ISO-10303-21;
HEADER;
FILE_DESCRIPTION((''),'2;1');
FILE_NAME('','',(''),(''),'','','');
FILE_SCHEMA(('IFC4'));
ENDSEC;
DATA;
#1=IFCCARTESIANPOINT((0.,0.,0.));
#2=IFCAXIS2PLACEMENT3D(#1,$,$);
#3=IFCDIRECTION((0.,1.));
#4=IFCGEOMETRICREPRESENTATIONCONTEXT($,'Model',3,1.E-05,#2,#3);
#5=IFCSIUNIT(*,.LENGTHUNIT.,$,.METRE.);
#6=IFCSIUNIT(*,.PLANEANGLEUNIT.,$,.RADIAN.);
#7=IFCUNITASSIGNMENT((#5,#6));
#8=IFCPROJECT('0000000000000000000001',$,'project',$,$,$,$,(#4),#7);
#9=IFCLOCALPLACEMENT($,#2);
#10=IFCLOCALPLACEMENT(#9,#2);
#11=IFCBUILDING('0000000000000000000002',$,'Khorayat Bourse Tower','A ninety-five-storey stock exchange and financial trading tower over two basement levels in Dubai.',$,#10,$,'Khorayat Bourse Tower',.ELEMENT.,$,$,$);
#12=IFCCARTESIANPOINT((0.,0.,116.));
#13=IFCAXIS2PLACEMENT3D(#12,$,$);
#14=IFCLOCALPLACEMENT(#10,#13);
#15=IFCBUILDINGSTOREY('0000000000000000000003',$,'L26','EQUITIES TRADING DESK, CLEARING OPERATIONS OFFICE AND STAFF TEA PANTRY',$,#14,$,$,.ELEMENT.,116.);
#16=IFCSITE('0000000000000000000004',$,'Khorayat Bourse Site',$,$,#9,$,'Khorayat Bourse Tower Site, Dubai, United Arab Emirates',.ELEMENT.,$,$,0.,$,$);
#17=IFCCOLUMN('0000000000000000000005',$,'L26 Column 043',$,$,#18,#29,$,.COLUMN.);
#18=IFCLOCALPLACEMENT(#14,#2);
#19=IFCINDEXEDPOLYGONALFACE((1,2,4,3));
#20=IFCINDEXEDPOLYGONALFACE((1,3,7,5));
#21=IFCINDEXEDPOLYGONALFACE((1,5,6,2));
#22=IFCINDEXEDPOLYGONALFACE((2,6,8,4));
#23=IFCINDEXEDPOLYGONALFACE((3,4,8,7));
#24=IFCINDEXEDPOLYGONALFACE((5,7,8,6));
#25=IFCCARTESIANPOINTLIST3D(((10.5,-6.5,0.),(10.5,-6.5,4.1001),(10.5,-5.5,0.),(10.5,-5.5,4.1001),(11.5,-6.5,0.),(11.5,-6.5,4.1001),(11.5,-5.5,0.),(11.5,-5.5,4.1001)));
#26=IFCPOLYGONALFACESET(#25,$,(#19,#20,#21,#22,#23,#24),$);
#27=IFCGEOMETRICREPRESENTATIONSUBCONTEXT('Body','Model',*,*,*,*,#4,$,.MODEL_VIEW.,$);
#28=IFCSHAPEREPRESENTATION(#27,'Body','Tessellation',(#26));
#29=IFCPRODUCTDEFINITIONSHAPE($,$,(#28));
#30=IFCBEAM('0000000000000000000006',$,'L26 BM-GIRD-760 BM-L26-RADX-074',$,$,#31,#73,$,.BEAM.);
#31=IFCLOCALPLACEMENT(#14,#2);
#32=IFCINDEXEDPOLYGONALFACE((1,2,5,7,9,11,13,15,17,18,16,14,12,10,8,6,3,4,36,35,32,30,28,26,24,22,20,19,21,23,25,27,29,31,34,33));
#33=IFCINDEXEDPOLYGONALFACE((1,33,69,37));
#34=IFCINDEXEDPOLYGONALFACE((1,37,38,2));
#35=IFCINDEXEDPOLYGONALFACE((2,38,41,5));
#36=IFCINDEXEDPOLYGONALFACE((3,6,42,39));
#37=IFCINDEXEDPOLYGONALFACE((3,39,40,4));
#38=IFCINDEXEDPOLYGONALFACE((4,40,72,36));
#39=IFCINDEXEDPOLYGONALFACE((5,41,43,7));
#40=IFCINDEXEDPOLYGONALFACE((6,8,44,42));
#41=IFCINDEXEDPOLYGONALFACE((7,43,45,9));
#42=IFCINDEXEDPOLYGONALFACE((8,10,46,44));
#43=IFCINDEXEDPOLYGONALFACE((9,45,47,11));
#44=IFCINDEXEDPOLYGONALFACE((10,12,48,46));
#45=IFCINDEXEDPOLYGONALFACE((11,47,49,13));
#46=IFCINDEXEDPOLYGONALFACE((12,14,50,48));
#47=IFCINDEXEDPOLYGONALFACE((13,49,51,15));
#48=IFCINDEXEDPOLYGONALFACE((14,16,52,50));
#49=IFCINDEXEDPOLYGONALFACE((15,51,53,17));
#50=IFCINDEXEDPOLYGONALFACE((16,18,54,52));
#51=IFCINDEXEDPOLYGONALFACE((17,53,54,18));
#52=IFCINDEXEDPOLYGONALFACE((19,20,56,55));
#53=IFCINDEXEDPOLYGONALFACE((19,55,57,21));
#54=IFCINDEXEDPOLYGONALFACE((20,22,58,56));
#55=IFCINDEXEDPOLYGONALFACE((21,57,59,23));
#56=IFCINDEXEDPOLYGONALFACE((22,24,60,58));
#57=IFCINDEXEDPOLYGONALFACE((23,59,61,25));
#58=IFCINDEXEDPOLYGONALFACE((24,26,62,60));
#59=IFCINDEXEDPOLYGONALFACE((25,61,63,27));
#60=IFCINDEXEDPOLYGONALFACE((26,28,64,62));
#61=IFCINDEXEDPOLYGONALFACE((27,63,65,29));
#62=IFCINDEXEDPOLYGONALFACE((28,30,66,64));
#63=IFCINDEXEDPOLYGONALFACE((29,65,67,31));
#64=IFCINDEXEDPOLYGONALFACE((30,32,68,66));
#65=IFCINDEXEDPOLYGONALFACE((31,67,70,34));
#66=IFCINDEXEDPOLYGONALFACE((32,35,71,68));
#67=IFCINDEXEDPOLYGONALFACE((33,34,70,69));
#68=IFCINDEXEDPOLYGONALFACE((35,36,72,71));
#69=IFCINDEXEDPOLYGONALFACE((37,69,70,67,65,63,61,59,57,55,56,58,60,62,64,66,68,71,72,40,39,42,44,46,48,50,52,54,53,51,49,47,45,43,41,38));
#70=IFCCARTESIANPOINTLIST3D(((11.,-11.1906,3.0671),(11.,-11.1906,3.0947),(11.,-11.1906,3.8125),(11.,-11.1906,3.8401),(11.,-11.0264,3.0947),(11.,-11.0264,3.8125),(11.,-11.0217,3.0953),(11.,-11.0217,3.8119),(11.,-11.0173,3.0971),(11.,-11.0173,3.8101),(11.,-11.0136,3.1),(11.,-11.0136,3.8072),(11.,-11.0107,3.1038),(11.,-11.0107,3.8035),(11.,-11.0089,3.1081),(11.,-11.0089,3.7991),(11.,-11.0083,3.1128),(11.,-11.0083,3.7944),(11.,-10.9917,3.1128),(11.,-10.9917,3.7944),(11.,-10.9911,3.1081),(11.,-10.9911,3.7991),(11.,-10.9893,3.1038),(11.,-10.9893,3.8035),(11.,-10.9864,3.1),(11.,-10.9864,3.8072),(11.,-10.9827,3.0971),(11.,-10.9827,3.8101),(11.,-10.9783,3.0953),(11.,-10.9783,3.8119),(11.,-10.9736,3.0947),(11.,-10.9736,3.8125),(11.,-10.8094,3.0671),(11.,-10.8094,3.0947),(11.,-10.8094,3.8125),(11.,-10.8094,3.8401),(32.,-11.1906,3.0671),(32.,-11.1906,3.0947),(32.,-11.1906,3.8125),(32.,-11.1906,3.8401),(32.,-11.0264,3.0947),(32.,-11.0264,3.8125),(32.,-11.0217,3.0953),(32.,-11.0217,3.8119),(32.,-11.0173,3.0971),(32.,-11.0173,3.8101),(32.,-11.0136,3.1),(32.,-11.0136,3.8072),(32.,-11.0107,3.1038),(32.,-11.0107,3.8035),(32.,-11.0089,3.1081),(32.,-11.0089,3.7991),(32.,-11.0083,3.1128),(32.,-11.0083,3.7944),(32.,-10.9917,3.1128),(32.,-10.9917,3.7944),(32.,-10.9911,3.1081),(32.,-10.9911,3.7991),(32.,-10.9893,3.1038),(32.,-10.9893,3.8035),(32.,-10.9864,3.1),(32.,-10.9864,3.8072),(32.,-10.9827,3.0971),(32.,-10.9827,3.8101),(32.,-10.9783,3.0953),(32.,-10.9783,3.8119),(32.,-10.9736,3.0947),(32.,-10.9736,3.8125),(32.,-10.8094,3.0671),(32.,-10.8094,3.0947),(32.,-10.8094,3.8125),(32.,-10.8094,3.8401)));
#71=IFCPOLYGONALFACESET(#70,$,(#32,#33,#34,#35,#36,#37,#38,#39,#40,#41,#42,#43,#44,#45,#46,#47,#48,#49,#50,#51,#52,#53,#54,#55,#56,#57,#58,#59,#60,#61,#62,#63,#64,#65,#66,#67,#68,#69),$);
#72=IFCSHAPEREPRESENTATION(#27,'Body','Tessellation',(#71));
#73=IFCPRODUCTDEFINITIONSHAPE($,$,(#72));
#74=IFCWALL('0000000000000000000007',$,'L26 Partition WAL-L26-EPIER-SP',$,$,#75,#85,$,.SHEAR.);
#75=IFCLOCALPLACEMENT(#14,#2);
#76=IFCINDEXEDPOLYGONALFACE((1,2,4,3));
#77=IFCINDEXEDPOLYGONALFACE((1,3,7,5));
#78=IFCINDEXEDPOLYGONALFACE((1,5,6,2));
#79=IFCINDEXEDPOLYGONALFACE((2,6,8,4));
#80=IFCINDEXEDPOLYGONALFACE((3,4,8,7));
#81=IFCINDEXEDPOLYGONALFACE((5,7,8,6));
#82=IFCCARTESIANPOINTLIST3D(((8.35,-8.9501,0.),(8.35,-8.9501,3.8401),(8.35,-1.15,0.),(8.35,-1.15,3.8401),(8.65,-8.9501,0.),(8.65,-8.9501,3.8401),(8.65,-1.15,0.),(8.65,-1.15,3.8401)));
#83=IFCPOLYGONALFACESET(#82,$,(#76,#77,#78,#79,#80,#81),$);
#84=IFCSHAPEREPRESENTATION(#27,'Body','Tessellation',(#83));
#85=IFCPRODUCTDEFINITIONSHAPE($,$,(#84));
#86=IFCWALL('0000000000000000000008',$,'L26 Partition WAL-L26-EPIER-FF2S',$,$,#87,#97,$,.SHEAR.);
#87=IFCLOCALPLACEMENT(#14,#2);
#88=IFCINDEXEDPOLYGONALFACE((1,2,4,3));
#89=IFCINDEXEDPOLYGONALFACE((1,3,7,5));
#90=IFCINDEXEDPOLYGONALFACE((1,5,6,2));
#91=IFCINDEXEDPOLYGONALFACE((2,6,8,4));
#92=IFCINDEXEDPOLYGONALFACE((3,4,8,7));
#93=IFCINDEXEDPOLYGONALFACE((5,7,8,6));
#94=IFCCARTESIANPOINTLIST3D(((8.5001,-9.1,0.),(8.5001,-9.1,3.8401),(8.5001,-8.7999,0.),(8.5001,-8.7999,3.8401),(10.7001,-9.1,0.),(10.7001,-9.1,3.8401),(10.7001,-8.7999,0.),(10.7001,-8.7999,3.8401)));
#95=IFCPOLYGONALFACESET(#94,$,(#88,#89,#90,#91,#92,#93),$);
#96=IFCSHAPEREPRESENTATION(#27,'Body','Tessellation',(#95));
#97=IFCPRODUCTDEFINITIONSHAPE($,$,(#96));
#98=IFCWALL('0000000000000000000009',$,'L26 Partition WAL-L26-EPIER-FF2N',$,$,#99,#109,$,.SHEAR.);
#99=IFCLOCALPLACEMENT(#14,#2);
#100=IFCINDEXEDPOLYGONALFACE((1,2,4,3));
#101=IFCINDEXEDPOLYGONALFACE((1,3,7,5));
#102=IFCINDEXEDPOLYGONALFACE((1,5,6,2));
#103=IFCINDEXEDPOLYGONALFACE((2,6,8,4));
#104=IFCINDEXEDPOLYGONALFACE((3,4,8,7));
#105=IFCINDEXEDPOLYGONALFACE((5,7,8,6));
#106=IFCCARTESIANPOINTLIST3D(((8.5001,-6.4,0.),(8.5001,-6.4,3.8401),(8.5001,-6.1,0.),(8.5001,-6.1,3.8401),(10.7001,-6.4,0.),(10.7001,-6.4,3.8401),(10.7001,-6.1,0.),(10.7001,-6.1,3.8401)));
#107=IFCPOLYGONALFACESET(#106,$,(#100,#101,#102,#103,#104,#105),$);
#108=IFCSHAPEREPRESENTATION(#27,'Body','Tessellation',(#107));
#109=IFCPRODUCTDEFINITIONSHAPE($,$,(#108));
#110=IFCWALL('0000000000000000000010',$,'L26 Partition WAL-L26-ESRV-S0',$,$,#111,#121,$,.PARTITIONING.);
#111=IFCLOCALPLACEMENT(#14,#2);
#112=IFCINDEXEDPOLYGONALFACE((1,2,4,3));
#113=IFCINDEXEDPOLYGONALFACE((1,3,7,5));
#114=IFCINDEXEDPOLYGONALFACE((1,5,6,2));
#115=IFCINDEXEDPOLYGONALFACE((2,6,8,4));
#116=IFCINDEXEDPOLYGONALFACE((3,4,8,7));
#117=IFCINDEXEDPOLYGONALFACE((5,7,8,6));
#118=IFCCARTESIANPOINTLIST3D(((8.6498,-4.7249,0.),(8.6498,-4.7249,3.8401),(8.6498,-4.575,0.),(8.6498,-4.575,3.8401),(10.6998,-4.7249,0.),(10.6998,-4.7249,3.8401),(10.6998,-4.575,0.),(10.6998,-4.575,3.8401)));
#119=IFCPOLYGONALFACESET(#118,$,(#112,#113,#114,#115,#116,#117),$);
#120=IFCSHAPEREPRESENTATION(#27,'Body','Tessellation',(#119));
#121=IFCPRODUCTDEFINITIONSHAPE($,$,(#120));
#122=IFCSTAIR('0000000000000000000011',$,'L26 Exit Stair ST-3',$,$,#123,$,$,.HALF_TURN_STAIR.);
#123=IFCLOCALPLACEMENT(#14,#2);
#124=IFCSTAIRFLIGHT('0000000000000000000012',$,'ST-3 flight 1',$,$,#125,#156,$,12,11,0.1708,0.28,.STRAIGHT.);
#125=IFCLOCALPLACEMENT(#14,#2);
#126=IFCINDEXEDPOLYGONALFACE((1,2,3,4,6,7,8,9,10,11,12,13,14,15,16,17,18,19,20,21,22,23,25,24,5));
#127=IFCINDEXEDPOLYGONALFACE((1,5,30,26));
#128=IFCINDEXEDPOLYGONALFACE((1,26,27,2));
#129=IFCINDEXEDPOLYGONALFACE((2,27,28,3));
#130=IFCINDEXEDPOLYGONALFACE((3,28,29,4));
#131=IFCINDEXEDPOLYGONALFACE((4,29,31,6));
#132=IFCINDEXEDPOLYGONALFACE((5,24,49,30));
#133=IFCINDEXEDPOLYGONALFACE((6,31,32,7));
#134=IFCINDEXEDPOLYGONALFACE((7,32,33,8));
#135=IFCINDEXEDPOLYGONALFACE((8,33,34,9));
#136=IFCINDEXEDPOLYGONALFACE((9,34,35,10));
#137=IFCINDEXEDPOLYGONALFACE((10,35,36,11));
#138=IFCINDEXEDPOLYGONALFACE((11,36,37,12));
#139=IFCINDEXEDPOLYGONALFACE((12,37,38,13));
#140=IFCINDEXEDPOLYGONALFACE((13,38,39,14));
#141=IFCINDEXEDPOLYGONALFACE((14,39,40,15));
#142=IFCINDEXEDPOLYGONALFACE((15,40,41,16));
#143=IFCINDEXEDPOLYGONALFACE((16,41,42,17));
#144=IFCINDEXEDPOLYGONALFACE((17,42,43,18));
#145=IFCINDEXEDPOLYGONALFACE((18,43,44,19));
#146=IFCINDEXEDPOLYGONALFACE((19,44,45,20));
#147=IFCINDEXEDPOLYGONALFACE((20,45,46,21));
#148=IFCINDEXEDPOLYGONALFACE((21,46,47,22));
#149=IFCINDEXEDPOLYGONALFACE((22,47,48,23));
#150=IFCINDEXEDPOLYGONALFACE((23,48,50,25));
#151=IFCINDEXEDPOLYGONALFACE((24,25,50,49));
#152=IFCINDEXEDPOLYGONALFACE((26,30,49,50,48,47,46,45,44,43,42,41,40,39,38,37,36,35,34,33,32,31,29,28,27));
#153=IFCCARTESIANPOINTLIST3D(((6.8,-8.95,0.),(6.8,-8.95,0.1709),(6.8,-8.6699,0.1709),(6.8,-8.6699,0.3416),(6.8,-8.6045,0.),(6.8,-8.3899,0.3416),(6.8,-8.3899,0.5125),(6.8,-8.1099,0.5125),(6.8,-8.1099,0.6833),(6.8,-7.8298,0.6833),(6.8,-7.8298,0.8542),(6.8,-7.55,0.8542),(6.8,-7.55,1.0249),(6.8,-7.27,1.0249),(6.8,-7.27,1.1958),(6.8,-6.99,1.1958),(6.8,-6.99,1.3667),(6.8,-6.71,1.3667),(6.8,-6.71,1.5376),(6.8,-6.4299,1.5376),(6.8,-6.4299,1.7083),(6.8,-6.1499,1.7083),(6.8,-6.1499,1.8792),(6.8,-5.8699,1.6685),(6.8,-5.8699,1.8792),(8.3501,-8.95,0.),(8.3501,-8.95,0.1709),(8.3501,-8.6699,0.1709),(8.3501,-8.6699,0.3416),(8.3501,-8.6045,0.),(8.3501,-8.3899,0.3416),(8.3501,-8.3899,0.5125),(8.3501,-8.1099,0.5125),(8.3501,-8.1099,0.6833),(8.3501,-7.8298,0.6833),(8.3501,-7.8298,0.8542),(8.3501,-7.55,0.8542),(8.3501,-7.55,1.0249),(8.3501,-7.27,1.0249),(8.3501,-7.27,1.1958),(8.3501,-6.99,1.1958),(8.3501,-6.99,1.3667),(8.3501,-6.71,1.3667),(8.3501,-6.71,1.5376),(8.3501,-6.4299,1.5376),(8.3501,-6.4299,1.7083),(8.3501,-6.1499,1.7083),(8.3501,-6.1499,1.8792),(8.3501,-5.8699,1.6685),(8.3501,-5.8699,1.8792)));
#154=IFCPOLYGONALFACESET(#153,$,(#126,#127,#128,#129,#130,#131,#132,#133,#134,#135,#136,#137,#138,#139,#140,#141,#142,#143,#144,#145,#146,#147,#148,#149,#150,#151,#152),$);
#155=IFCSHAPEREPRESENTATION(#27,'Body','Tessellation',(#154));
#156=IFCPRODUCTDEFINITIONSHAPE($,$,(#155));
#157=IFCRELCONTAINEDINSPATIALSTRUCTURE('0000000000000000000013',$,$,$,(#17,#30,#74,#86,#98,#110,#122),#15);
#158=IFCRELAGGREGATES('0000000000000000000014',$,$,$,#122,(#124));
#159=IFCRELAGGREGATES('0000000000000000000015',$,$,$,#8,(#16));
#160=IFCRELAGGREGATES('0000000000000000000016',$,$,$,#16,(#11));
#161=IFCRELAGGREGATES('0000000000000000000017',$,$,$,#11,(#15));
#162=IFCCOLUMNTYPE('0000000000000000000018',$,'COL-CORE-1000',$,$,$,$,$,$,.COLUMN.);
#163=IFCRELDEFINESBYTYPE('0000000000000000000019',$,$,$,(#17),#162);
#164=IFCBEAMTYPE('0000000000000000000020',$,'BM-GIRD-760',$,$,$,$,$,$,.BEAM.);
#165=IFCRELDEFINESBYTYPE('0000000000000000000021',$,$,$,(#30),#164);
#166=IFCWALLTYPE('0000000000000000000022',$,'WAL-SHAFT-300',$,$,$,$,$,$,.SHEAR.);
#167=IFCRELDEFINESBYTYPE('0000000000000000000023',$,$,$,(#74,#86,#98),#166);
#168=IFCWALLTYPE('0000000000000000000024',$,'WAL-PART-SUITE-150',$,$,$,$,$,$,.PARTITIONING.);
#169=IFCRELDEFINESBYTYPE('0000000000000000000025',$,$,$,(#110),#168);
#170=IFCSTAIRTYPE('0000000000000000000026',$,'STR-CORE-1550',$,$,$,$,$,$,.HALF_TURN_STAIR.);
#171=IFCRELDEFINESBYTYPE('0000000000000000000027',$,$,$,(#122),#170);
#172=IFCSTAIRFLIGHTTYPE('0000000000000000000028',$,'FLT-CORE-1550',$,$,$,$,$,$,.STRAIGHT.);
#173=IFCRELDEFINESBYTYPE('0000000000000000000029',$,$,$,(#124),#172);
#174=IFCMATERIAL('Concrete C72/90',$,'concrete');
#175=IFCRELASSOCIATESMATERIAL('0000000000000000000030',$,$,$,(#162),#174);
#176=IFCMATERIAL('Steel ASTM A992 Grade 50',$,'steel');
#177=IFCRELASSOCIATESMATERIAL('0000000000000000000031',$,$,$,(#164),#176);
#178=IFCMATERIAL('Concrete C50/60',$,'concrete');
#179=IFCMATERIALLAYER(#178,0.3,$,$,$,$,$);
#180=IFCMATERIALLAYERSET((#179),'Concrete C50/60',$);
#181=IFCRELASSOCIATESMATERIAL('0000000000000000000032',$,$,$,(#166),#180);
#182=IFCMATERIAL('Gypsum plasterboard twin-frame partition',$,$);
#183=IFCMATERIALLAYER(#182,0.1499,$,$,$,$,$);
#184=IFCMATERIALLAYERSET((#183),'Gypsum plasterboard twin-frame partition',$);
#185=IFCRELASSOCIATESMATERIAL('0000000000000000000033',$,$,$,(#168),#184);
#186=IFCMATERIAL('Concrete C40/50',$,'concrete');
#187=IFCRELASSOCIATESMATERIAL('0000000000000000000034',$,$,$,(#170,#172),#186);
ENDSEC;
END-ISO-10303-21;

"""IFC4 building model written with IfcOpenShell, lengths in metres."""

from ifc_helpers import new_model, si_unit, direction, frame, frame_2d, origin, origin_2d, place, context, subcontext, project, spatial, polyline, rectangle, i_section, outline, extrude, source, transform, mapped, material, layer, layer_set, material_profile, profile_set, type_object, element, aggregate, save


model = new_model("IFC4")

# Units and contexts
model_context = context("Model", 3, precision=1e-05, world=origin(), true_north=direction((0.0, 1.0)))
body_context = subcontext(model_context, "Body", "Model", "MODEL_VIEW")
ifc_project = project(units=[si_unit("LENGTHUNIT", "METRE"), si_unit("PLANEANGLEUNIT", "RADIAN")], contexts=[model_context])

# Site, building, storey
site_placement = place(None, origin())
site = spatial("IfcSite", under=ifc_project, at=site_placement, Name="Khorayat Bourse Site", LongName="Khorayat Bourse Tower Site, Dubai, United Arab Emirates", CompositionType="ELEMENT", RefElevation=0.0)
building_placement = place(site_placement, origin())
building = spatial("IfcBuilding", under=site, at=building_placement, Name="Khorayat Bourse Tower", Description="A ninety-five-storey stock exchange and financial trading tower over two basement levels in Dubai.", LongName="Khorayat Bourse Tower", CompositionType="ELEMENT")
storey_placement = place(building_placement, frame((0.0, 0.0, 116.0)))
storey = spatial("IfcBuildingStorey", under=building, at=storey_placement, Name="L26", Description="EQUITIES TRADING DESK, CLEARING OPERATIONS OFFICE AND STAFF TEA PANTRY", CompositionType="ELEMENT", Elevation=116.0)

# Column
ifc_material_1 = material(Name="Concrete C72/90", Category="concrete")
ifc_material_profile_1 = material_profile(ifc_material_1, rectangle(XDim=1.0, YDim=1.0, at=origin_2d()), Name="RC 1000x1000")
ifc_profile_set_1 = profile_set([ifc_material_profile_1], Name="Concrete C72/90")
column_type = type_object("IfcColumnType", Name="COL-CORE-1000", PredefinedType="COLUMN", material=ifc_profile_set_1)
shared_shape_1 = source(origin(), body_context, "Body", "SweptSolid", [
    extrude(rectangle(XDim=1.0, YDim=1.0, at=origin_2d()), origin(), (0.0, 0.0, 1.0), 4.1001),
])
column_placement = place(storey_placement, frame((11.0, -6.0, 0.0), z_axis=(0.0, 0.0, 1.0), x_axis=(1.0, 0.0, 0.0)))
element("IfcColumn", 1, at=column_placement, inside=storey, type_object=column_type, Name="L26 Column 043", PredefinedType="COLUMN", context=body_context, shape_type="MappedRepresentation", body=[
    mapped(shared_shape_1, transform((0.0, 0.0, 0.0), scale=1.0)),
])

# Beam
ifc_material_2 = material(Name="Steel ASTM A992 Grade 50", Category="steel")
ifc_material_profile_2 = material_profile(ifc_material_2, i_section(OverallWidth=0.3811, OverallDepth=0.7729, WebThickness=0.0166, FlangeThickness=0.0276, FilletRadius=0.0181, at=origin_2d()), Name="W760X257")
ifc_profile_set_2 = profile_set([ifc_material_profile_2], Name="Steel ASTM A992 Grade 50")
beam_type = type_object("IfcBeamType", Name="BM-GIRD-760", PredefinedType="BEAM", material=ifc_profile_set_2)
shared_shape_2 = source(origin(), body_context, "Body", "SweptSolid", [
    extrude(i_section(OverallWidth=0.3811, OverallDepth=0.7729, WebThickness=0.0166, FlangeThickness=0.0276, FilletRadius=0.0181, at=origin_2d()), origin(), (0.0, 0.0, 1.0), 21.0),
])
beam_placement = place(storey_placement, frame((11.0, -11.0, 3.4536), z_axis=(1.0, 0.0, 0.0), x_axis=(0.0, 1.0, 0.0)))
element("IfcBeam", 2, at=beam_placement, inside=storey, type_object=beam_type, Name="L26 BM-GIRD-760 BM-L26-RADX-074", PredefinedType="BEAM", context=body_context, shape_type="MappedRepresentation", body=[
    mapped(shared_shape_2, transform((0.0, 0.0, 0.0), scale=1.0)),
])

# Walls
ifc_material_3 = material(Name="Concrete C50/60", Category="concrete")
ifc_layer_1 = layer(ifc_material_3, 0.3)
ifc_layer_set_1 = layer_set([ifc_layer_1], Name="Concrete C50/60")
wall_type_1 = type_object("IfcWallType", Name="WAL-SHAFT-300", PredefinedType="SHEAR", material=ifc_layer_set_1)
shared_shape_3 = source(origin(), body_context, "Body", "SweptSolid", [
    extrude(rectangle(XDim=7.8, YDim=0.3, at=frame_2d((3.8999, 0.0))), origin(), (0.0, 0.0, 1.0), 3.8401),
])
wall_1_placement = place(storey_placement, frame((8.5, -8.95, 0.0), z_axis=(0.0, 0.0, 1.0), x_axis=(0.0, 1.0, 0.0)))
element("IfcWall", 3, at=wall_1_placement, inside=storey, type_object=wall_type_1, Name="L26 Partition WAL-L26-EPIER-SP", PredefinedType="SHEAR", context=body_context, shape_type="MappedRepresentation", body=[
    mapped(shared_shape_3, transform((0.0, 0.0, 0.0), scale=1.0)),
])
shared_shape_4 = source(origin(), body_context, "Body", "SweptSolid", [
    extrude(rectangle(XDim=2.2, YDim=0.3, at=frame_2d((1.1001, 0.0))), origin(), (0.0, 0.0, 1.0), 3.8401),
])
for number, where, z_axis, x_axis, name in (
    (4, (8.5, -8.95, 0.0), (0.0, 0.0, 1.0), (1.0, 0.0, 0.0), "L26 Partition WAL-L26-EPIER-FF2S"),
    (5, (8.5, -6.25, 0.0), (0.0, 0.0, 1.0), (1.0, 0.0, 0.0), "L26 Partition WAL-L26-EPIER-FF2N"),
):
    element("IfcWall", number, at=place(storey_placement, frame(where, z_axis=z_axis, x_axis=x_axis)), inside=storey, type_object=wall_type_1, Name=name, PredefinedType="SHEAR", context=body_context, shape_type="MappedRepresentation", body=[
        mapped(shared_shape_4, transform((0.0, 0.0, 0.0), scale=1.0)),
    ])
ifc_material_4 = material(Name="Gypsum plasterboard twin-frame partition")
ifc_layer_2 = layer(ifc_material_4, 0.1499)
ifc_layer_set_2 = layer_set([ifc_layer_2], Name="Gypsum plasterboard twin-frame partition")
wall_type_2 = type_object("IfcWallType", Name="WAL-PART-SUITE-150", PredefinedType="PARTITIONING", material=ifc_layer_set_2)
shared_shape_5 = source(origin(), body_context, "Body", "SweptSolid", [
    extrude(rectangle(XDim=2.05, YDim=0.1499, at=frame_2d((1.0249, 0.0))), origin(), (0.0, 0.0, 1.0), 3.8401),
])
wall_2_placement = place(storey_placement, frame((8.6499, -4.6499, 0.0), z_axis=(0.0, 0.0, 1.0), x_axis=(1.0, 0.0, 0.0)))
element("IfcWall", 6, at=wall_2_placement, inside=storey, type_object=wall_type_2, Name="L26 Partition WAL-L26-ESRV-S0", PredefinedType="PARTITIONING", context=body_context, shape_type="MappedRepresentation", body=[
    mapped(shared_shape_5, transform((0.0, 0.0, 0.0), scale=1.0)),
])

# Stair, stair flight
ifc_material_5 = material(Name="Concrete C40/50", Category="concrete")
stair_type = type_object("IfcStairType", Name="STR-CORE-1550", PredefinedType="HALF_TURN_STAIR", material=ifc_material_5)
stair_placement = place(storey_placement, origin())
stair = element("IfcStair", 7, at=stair_placement, inside=storey, type_object=stair_type, Name="L26 Exit Stair ST-3", PredefinedType="HALF_TURN_STAIR")
stair_flight_type = type_object("IfcStairFlightType", Name="FLT-CORE-1550", PredefinedType="STRAIGHT", material=ifc_material_5)
shared_shape_6 = source(origin(), body_context, "Body", "SweptSolid", [
    extrude(outline(polyline([(0.0, 0.0), (0.0, 0.1709), (0.28, 0.1709), (0.28, 0.3416), (0.5601, 0.3416), (0.5601, 0.5125), (0.8401, 0.5125), (0.8401, 0.6833), (1.1201, 0.6833), (1.1201, 0.8542), (1.3999, 0.8542), (1.3999, 1.0249), (1.6799, 1.0249), (1.6799, 1.1958), (1.96, 1.1958), (1.96, 1.3667), (2.24, 1.3667), (2.24, 1.5376), (2.52, 1.5376), (2.52, 1.7083), (2.8, 1.7083), (2.8, 1.8792), (3.0801, 1.8792), (3.0801, 2.05), (3.0801, 1.6685), (0.3455, 0.0), (0.0, 0.0)])), frame((0.0, 0.7749, 0.0), z_axis=(0.0, -1.0, 0.0), x_axis=(1.0, 0.0, 0.0)), (0.0, 0.0, 1.0), 1.55),
])
stair_flight_placement = place(storey_placement, frame((7.575, -8.95, 0.0), z_axis=(0.0, 0.0, 1.0), x_axis=(0.0, 1.0, 0.0)))
stair_flight = element("IfcStairFlight", 8, at=stair_flight_placement, type_object=stair_flight_type, Name="ST-3 flight 1", NumberOfRisers=12, NumberOfTreads=11, PredefinedType="STRAIGHT", RiserHeight=0.1708, TreadLength=0.28, context=body_context, shape_type="MappedRepresentation", body=[
    mapped(shared_shape_6, transform((0.0, 0.0, 0.0), scale=1.0)),
])
aggregate(stair, [stair_flight])

save(model, "model.ifc")
